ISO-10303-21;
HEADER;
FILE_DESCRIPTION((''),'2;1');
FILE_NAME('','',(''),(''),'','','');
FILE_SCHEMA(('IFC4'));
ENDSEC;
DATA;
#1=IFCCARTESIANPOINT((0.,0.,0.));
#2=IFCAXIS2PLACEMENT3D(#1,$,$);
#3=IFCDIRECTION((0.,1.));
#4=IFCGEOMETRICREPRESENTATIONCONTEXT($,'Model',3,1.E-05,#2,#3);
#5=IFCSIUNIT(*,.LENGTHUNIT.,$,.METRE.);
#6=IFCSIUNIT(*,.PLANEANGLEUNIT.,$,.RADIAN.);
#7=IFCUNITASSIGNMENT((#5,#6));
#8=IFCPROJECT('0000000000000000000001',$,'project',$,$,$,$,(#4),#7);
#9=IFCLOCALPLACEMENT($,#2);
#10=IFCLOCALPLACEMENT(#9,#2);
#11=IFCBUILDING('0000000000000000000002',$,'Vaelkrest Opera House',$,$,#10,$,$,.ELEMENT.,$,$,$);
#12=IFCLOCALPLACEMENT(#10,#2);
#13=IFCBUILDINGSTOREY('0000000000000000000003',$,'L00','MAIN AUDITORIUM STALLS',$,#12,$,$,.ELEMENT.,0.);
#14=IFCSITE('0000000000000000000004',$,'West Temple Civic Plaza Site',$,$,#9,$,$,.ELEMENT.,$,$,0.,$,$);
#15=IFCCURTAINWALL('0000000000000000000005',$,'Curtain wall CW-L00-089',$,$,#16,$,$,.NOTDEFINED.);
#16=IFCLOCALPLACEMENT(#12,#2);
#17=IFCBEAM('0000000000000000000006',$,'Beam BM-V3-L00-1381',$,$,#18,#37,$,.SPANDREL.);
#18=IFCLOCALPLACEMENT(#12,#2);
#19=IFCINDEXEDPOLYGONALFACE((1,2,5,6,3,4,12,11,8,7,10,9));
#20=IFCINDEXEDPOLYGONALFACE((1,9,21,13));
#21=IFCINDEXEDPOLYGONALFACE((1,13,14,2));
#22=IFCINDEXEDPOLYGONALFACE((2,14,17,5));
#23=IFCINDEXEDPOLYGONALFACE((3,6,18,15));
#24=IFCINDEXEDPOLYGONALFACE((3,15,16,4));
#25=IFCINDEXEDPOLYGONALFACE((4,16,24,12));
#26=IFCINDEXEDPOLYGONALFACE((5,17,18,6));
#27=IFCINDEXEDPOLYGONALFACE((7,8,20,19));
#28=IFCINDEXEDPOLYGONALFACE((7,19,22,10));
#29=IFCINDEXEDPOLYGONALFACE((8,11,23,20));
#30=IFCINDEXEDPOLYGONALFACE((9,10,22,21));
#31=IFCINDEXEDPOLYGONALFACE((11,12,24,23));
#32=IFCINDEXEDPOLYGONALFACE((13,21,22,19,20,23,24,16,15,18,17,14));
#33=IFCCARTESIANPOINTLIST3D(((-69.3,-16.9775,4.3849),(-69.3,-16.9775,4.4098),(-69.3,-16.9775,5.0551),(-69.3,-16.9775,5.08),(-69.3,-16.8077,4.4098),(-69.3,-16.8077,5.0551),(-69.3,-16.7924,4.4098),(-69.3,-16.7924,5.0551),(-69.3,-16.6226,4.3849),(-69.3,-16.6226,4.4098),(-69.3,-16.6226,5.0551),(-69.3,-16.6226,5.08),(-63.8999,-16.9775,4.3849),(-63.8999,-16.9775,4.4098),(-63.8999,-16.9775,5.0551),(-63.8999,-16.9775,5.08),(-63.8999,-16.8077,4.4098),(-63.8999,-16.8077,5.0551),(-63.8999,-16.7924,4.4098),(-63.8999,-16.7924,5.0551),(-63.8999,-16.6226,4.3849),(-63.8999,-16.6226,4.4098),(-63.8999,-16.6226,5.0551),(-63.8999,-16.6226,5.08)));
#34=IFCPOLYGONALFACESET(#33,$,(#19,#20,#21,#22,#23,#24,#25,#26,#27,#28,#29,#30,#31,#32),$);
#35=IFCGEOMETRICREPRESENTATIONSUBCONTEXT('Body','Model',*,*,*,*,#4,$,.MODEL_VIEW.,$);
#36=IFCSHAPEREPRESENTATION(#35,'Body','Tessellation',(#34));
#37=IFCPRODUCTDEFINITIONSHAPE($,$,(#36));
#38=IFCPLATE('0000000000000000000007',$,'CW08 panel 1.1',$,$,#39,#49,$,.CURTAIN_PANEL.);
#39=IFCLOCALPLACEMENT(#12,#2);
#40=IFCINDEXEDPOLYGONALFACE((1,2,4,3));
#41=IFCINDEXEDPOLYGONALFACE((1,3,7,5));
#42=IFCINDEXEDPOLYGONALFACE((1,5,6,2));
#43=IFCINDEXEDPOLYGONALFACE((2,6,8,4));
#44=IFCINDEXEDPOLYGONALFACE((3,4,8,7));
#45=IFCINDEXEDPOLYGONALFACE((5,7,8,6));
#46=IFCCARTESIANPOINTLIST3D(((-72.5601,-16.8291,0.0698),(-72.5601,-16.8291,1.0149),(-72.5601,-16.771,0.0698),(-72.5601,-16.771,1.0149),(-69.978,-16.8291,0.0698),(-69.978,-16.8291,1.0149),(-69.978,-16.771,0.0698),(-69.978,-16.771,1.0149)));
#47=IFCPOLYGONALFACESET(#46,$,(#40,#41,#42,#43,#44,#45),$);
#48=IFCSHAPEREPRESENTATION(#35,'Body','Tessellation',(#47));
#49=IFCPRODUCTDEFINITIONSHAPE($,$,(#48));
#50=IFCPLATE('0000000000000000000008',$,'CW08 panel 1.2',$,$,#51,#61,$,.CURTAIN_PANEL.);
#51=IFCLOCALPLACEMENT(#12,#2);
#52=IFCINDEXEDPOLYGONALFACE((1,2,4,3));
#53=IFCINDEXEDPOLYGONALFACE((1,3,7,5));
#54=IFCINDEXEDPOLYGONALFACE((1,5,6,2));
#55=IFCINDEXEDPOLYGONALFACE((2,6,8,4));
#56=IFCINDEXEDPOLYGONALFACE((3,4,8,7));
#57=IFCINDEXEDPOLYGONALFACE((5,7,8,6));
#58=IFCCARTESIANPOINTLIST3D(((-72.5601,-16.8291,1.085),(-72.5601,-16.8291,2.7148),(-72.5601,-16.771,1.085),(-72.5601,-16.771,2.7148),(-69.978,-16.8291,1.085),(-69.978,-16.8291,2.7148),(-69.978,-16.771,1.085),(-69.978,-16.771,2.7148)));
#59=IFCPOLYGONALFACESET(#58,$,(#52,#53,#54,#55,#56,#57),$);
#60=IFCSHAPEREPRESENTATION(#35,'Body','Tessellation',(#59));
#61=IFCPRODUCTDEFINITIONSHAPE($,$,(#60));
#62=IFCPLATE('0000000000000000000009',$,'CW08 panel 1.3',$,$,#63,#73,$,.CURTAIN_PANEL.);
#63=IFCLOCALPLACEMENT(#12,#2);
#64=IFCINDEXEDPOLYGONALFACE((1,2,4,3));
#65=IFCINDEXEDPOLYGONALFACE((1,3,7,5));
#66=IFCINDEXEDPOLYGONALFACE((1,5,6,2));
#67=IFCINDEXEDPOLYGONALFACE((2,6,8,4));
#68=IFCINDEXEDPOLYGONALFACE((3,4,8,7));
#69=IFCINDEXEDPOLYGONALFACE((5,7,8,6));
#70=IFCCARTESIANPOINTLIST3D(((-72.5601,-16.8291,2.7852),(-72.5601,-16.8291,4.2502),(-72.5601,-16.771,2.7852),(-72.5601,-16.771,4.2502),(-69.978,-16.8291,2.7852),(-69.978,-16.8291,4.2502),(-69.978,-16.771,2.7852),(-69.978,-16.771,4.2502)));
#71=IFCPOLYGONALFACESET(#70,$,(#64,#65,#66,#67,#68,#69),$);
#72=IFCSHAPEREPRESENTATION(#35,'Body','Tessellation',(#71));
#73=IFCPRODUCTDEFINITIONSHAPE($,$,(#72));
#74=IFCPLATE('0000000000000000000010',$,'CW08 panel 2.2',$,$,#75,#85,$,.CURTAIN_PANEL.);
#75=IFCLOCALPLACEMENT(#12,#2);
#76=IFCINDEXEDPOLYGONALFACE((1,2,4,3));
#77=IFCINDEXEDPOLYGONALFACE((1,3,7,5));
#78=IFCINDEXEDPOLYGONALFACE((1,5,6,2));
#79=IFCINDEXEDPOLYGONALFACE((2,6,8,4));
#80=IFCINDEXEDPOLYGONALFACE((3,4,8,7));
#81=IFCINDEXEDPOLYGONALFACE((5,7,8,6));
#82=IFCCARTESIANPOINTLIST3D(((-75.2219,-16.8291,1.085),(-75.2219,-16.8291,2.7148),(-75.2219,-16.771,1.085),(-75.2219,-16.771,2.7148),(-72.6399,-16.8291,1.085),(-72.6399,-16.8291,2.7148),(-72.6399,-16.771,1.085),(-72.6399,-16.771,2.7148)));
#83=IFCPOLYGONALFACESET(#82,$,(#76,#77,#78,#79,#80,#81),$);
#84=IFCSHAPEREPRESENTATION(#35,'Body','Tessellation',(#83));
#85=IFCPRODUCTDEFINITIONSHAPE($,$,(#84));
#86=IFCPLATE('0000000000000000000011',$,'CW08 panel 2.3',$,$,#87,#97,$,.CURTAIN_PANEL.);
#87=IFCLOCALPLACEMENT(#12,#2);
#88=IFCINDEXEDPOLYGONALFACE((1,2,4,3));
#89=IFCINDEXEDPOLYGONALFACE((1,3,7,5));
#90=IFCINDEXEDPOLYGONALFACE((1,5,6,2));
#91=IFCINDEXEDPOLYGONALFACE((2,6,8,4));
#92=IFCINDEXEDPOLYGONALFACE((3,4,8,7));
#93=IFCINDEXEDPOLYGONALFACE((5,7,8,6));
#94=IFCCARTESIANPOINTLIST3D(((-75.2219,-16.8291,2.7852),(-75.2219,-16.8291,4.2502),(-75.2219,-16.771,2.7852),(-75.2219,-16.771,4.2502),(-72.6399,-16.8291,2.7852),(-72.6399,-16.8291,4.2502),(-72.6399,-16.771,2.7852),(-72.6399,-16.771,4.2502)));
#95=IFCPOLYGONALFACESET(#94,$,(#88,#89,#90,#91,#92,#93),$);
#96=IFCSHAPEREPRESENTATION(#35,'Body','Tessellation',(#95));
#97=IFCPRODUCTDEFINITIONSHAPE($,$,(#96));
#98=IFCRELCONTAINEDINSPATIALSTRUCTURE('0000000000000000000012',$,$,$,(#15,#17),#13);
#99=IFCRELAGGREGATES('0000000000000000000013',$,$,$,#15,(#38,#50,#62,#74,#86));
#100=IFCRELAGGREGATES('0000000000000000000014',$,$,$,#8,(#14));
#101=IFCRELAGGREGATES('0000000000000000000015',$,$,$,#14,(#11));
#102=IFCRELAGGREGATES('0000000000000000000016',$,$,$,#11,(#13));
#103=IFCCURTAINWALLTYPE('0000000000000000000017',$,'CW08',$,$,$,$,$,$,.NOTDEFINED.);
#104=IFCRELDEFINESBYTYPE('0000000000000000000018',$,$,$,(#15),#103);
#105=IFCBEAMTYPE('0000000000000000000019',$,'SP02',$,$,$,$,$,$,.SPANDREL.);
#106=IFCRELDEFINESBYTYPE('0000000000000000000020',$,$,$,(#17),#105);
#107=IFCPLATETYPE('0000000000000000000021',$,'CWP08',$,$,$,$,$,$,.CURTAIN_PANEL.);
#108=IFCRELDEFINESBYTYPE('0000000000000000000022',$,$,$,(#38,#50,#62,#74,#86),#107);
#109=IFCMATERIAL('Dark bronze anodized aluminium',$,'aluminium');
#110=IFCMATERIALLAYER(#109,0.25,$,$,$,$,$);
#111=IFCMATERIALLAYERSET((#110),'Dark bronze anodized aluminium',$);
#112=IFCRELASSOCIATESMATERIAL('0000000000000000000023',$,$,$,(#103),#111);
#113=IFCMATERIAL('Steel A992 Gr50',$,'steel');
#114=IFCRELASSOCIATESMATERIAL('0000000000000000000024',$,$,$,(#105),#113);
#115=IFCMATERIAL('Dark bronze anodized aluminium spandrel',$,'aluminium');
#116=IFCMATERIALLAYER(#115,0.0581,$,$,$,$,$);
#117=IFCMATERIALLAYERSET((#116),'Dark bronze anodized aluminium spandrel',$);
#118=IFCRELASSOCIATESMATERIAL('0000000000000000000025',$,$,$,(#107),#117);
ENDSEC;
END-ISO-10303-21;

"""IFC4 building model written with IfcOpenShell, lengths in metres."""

from ifc_helpers import new_model, si_unit, direction, frame, origin, origin_2d, place, context, subcontext, project, spatial, rectangle, i_section, extrude, material, layer, layer_set, material_profile, profile_set, type_object, element, aggregate, save


model = new_model("IFC4")

# Units and contexts
model_context = context("Model", 3, precision=1e-05, world=origin(), true_north=direction((0.0, 1.0)))
body_context = subcontext(model_context, "Body", "Model", "MODEL_VIEW")
ifc_project = project(units=[si_unit("LENGTHUNIT", "METRE"), si_unit("PLANEANGLEUNIT", "RADIAN")], contexts=[model_context])

# Site, building, storey
site_placement = place(None, origin())
site = spatial("IfcSite", under=ifc_project, at=site_placement, Name="West Temple Civic Plaza Site", CompositionType="ELEMENT", RefElevation=0.0)
building_placement = place(site_placement, origin())
building = spatial("IfcBuilding", under=site, at=building_placement, Name="Vaelkrest Opera House", CompositionType="ELEMENT")
storey_placement = place(building_placement, origin())
storey = spatial("IfcBuildingStorey", under=building, at=storey_placement, Name="L00", Description="MAIN AUDITORIUM STALLS", CompositionType="ELEMENT", Elevation=0.0)

# Curtain wall
ifc_material_1 = material(Name="Dark bronze anodized aluminium", Category="aluminium")
ifc_layer_1 = layer(ifc_material_1, 0.25)
ifc_layer_set_1 = layer_set([ifc_layer_1], Name="Dark bronze anodized aluminium")
curtain_wall_type = type_object("IfcCurtainWallType", Name="CW08", PredefinedType="NOTDEFINED", material=ifc_layer_set_1)
curtain_wall_placement = place(storey_placement, origin())
curtain_wall = element("IfcCurtainWall", 1, at=curtain_wall_placement, inside=storey, type_object=curtain_wall_type, Name="Curtain wall CW-L00-089", PredefinedType="NOTDEFINED")

# Beam
ifc_material_2 = material(Name="Steel A992 Gr50", Category="steel")
ifc_material_profile_1 = material_profile(ifc_material_2, i_section(OverallWidth=0.355, OverallDepth=0.6951, WebThickness=0.0154, FlangeThickness=0.0249, at=origin_2d()), Name="W27X146")
ifc_profile_set_1 = profile_set([ifc_material_profile_1], Name="Steel A992 Gr50")
beam_type = type_object("IfcBeamType", Name="SP02", PredefinedType="SPANDREL", material=ifc_profile_set_1)
beam_placement = place(storey_placement, frame((-69.3, -16.8, 4.7324), z_axis=(1.0, 0.0, 0.0), x_axis=(0.0, 1.0, 0.0)))
element("IfcBeam", 2, at=beam_placement, inside=storey, type_object=beam_type, Name="Beam BM-V3-L00-1381", PredefinedType="SPANDREL", context=body_context, shape_type="SweptSolid", body=[
    extrude(i_section(OverallWidth=0.355, OverallDepth=0.6951, WebThickness=0.0154, FlangeThickness=0.0249, at=origin_2d()), origin(), (0.0, 0.0, 1.0), 5.4001),
])

# Plates
ifc_material_3 = material(Name="Dark bronze anodized aluminium spandrel", Category="aluminium")
ifc_layer_2 = layer(ifc_material_3, 0.0581)
ifc_layer_set_2 = layer_set([ifc_layer_2], Name="Dark bronze anodized aluminium spandrel")
plate_type = type_object("IfcPlateType", Name="CWP08", PredefinedType="CURTAIN_PANEL", material=ifc_layer_set_2)
plate_1_placement = place(storey_placement, frame((-71.269, -16.8, 0.0698), z_axis=(0.0, 0.0, 1.0), x_axis=(-1.0, 0.0, 0.0)))
plate_1 = element("IfcPlate", 3, at=plate_1_placement, type_object=plate_type, Name="CW08 panel 1.1", PredefinedType="CURTAIN_PANEL", context=body_context, shape_type="SweptSolid", body=[
    extrude(rectangle(XDim=2.582, YDim=0.0581, at=origin_2d()), origin(), (0.0, 0.0, 1.0), 0.9451),
])
plate_2_placement = place(storey_placement, frame((-71.269, -16.8, 1.085), z_axis=(0.0, 0.0, 1.0), x_axis=(-1.0, 0.0, 0.0)))
plate_2 = element("IfcPlate", 4, at=plate_2_placement, type_object=plate_type, Name="CW08 panel 1.2", PredefinedType="CURTAIN_PANEL", context=body_context, shape_type="SweptSolid", body=[
    extrude(rectangle(XDim=2.582, YDim=0.0581, at=origin_2d()), origin(), (0.0, 0.0, 1.0), 1.6299),
])
plate_3_placement = place(storey_placement, frame((-71.269, -16.8, 2.7852), z_axis=(0.0, 0.0, 1.0), x_axis=(-1.0, 0.0, 0.0)))
plate_3 = element("IfcPlate", 5, at=plate_3_placement, type_object=plate_type, Name="CW08 panel 1.3", PredefinedType="CURTAIN_PANEL", context=body_context, shape_type="SweptSolid", body=[
    extrude(rectangle(XDim=2.582, YDim=0.0581, at=origin_2d()), origin(), (0.0, 0.0, 1.0), 1.4651),
])
plate_4_placement = place(storey_placement, frame((-73.9309, -16.8, 1.085), z_axis=(0.0, 0.0, 1.0), x_axis=(-1.0, 0.0, 0.0)))
plate_4 = element("IfcPlate", 6, at=plate_4_placement, type_object=plate_type, Name="CW08 panel 2.2", PredefinedType="CURTAIN_PANEL", context=body_context, shape_type="SweptSolid", body=[
    extrude(rectangle(XDim=2.582, YDim=0.0581, at=origin_2d()), origin(), (0.0, 0.0, 1.0), 1.6299),
])
plate_5_placement = place(storey_placement, frame((-73.9309, -16.8, 2.7852), z_axis=(0.0, 0.0, 1.0), x_axis=(-1.0, 0.0, 0.0)))
plate_5 = element("IfcPlate", 7, at=plate_5_placement, type_object=plate_type, Name="CW08 panel 2.3", PredefinedType="CURTAIN_PANEL", context=body_context, shape_type="SweptSolid", body=[
    extrude(rectangle(XDim=2.582, YDim=0.0581, at=origin_2d()), origin(), (0.0, 0.0, 1.0), 1.4651),
])
aggregate(curtain_wall, [plate_1, plate_2, plate_3, plate_4, plate_5])

save(model, "model.ifc")
